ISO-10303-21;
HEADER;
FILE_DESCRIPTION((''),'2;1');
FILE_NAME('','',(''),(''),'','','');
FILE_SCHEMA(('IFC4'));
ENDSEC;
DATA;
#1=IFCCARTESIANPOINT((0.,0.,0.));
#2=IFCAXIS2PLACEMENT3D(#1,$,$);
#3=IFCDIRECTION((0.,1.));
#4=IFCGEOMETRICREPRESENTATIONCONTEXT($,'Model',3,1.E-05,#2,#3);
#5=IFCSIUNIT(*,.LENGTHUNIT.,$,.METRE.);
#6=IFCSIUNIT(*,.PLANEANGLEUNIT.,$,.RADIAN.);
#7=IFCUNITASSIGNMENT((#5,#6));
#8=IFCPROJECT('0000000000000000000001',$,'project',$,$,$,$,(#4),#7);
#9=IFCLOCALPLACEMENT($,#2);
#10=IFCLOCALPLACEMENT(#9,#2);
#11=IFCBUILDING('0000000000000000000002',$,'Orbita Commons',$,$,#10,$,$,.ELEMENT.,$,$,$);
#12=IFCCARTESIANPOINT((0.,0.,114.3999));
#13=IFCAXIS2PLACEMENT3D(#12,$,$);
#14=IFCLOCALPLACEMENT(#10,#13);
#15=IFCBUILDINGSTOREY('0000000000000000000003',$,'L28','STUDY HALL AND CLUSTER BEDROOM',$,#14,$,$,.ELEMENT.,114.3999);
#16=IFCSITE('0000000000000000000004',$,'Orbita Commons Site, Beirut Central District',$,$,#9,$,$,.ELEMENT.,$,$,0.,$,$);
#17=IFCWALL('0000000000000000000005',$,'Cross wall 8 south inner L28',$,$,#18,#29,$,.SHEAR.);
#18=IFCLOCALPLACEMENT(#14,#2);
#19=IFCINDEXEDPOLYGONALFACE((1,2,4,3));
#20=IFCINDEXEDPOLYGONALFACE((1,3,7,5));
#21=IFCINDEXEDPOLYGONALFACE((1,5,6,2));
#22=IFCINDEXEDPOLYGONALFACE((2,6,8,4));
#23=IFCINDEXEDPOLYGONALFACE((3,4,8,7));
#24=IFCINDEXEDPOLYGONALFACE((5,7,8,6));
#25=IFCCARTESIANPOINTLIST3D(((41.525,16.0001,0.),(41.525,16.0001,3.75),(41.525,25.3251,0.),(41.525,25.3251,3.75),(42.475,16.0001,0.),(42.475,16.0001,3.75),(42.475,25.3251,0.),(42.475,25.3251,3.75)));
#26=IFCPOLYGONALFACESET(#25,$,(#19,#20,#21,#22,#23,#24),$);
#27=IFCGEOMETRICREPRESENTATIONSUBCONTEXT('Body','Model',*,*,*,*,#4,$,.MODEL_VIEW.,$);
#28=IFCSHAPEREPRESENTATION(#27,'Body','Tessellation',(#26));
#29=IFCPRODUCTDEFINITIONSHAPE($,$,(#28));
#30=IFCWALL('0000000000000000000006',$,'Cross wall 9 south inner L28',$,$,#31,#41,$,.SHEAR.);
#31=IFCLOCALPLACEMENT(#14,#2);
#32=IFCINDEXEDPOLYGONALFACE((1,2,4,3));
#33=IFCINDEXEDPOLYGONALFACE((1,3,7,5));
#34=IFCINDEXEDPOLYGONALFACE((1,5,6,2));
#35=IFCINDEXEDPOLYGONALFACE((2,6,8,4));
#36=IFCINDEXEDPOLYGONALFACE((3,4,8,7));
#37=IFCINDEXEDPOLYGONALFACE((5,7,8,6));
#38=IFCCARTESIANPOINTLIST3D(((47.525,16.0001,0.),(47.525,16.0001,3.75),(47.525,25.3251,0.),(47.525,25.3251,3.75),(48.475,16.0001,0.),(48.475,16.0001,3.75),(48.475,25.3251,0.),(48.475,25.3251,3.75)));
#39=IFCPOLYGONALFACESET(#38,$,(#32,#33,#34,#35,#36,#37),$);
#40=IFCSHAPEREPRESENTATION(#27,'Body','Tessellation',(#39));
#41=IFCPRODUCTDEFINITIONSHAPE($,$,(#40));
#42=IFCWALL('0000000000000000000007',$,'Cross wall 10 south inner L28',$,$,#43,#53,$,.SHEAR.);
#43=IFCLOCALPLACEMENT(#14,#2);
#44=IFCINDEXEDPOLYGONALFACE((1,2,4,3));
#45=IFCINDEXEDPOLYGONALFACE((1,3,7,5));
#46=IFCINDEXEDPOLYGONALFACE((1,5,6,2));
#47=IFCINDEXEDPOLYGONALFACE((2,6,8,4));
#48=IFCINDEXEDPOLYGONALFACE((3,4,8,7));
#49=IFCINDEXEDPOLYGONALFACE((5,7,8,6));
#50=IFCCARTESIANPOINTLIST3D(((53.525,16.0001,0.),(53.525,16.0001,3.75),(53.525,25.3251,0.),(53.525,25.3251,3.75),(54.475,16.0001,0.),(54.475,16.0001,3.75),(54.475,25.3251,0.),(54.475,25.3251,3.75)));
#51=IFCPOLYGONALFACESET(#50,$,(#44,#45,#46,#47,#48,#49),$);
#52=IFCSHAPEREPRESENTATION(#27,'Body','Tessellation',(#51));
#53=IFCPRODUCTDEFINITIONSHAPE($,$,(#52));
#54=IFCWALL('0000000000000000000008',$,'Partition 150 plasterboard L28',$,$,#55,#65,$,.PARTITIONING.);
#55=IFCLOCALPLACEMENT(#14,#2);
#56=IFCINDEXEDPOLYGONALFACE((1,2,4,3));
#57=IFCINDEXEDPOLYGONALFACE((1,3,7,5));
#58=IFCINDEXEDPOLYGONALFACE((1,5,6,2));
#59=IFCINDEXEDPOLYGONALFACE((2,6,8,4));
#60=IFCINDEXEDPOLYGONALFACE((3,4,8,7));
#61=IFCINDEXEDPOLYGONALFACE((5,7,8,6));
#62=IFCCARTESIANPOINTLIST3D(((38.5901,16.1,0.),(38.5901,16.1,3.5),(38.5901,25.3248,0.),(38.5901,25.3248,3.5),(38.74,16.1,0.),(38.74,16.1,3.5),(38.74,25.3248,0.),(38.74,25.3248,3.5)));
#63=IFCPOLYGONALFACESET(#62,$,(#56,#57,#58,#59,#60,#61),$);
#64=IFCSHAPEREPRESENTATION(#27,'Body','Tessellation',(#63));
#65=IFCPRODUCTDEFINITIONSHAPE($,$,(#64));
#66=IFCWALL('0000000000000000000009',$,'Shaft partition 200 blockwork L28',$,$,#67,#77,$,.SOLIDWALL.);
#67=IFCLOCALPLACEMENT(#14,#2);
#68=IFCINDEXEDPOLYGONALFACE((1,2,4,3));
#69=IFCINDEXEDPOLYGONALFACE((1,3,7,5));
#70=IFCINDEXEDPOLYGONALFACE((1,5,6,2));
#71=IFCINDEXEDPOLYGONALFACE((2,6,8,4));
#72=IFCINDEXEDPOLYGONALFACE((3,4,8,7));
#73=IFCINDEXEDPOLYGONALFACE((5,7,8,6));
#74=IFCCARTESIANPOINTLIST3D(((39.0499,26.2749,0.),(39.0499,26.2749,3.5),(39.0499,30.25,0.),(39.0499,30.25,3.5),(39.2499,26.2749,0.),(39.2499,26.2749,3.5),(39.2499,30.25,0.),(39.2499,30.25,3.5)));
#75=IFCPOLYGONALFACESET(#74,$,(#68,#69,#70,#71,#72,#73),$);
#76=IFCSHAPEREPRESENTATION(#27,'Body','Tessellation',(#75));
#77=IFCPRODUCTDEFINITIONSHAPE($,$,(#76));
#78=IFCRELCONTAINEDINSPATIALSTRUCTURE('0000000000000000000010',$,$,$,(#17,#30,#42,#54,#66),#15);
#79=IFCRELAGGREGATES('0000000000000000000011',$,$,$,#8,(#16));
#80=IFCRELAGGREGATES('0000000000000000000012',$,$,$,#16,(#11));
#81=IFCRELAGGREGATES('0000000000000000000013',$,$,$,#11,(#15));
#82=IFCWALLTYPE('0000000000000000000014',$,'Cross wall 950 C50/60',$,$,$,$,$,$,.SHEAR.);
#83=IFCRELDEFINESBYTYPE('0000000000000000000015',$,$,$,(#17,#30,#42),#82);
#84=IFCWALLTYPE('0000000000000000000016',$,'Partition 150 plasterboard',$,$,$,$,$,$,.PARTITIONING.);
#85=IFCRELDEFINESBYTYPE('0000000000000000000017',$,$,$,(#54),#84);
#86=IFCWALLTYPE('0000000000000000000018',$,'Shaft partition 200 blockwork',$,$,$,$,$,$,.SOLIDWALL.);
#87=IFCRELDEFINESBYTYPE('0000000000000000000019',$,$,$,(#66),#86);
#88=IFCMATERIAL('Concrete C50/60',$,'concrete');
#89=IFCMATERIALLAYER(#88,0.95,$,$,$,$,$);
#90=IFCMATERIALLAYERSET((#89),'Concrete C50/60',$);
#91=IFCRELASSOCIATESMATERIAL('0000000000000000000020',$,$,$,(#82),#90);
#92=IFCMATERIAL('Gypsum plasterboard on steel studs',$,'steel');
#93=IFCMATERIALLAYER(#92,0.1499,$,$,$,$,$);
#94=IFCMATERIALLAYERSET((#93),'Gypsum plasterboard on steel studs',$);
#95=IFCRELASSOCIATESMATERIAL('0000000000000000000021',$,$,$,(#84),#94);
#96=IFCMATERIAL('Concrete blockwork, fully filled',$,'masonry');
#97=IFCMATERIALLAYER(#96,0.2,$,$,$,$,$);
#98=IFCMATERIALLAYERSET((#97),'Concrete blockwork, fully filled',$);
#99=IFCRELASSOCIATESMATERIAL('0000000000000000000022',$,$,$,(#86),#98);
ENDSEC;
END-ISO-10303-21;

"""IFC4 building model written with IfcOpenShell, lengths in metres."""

from ifc_helpers import new_model, si_unit, direction, frame, frame_2d, origin, place, context, subcontext, project, spatial, rectangle, extrude, material, layer, layer_set, type_object, element, save


model = new_model("IFC4")

# Units and contexts
model_context = context("Model", 3, precision=1e-05, world=origin(), true_north=direction((0.0, 1.0)))
body_context = subcontext(model_context, "Body", "Model", "MODEL_VIEW")
ifc_project = project(units=[si_unit("LENGTHUNIT", "METRE"), si_unit("PLANEANGLEUNIT", "RADIAN")], contexts=[model_context])

# Site, building, storey
site_placement = place(None, origin())
site = spatial("IfcSite", under=ifc_project, at=site_placement, Name="Orbita Commons Site, Beirut Central District", CompositionType="ELEMENT", RefElevation=0.0)
building_placement = place(site_placement, origin())
building = spatial("IfcBuilding", under=site, at=building_placement, Name="Orbita Commons", CompositionType="ELEMENT")
storey_placement = place(building_placement, frame((0.0, 0.0, 114.3999)))
storey = spatial("IfcBuildingStorey", under=building, at=storey_placement, Name="L28", Description="STUDY HALL AND CLUSTER BEDROOM", CompositionType="ELEMENT", Elevation=114.3999)

# Walls
ifc_material_1 = material(Name="Concrete C50/60", Category="concrete")
ifc_layer_1 = layer(ifc_material_1, 0.95)
ifc_layer_set_1 = layer_set([ifc_layer_1], Name="Concrete C50/60")
wall_type_1 = type_object("IfcWallType", Name="Cross wall 950 C50/60", PredefinedType="SHEAR", material=ifc_layer_set_1)
for number, where, z_axis, x_axis, name in (
    (1, (42.0, 16.0, 0.0), (0.0, 0.0, 1.0), (0.0, 1.0, 0.0), "Cross wall 8 south inner L28"),
    (2, (48.0, 16.0, 0.0), (0.0, 0.0, 1.0), (0.0, 1.0, 0.0), "Cross wall 9 south inner L28"),
    (3, (54.0, 16.0, 0.0), (0.0, 0.0, 1.0), (0.0, 1.0, 0.0), "Cross wall 10 south inner L28"),
):
    element("IfcWall", number, at=place(storey_placement, frame(where, z_axis=z_axis, x_axis=x_axis)), inside=storey, type_object=wall_type_1, Name=name, PredefinedType="SHEAR", context=body_context, shape_type="SweptSolid", body=[
        extrude(rectangle(XDim=9.325, YDim=0.95, at=frame_2d((4.6626, 0.0))), origin(), (0.0, 0.0, 1.0), 3.75),
    ])
ifc_material_2 = material(Name="Gypsum plasterboard on steel studs", Category="steel")
ifc_layer_2 = layer(ifc_material_2, 0.1499)
ifc_layer_set_2 = layer_set([ifc_layer_2], Name="Gypsum plasterboard on steel studs")
wall_type_2 = type_object("IfcWallType", Name="Partition 150 plasterboard", PredefinedType="PARTITIONING", material=ifc_layer_set_2)
wall_1_placement = place(storey_placement, frame((38.665, 16.1001, 0.0), z_axis=(0.0, 0.0, 1.0), x_axis=(0.0, 1.0, 0.0)))
element("IfcWall", 4, at=wall_1_placement, inside=storey, type_object=wall_type_2, Name="Partition 150 plasterboard L28", PredefinedType="PARTITIONING", context=body_context, shape_type="SweptSolid", body=[
    extrude(rectangle(XDim=9.2249, YDim=0.1499, at=frame_2d((4.6123, 0.0))), origin(), (0.0, 0.0, 1.0), 3.5),
])
ifc_material_3 = material(Name="Concrete blockwork, fully filled", Category="masonry")
ifc_layer_3 = layer(ifc_material_3, 0.2)
ifc_layer_set_3 = layer_set([ifc_layer_3], Name="Concrete blockwork, fully filled")
wall_type_3 = type_object("IfcWallType", Name="Shaft partition 200 blockwork", PredefinedType="SOLIDWALL", material=ifc_layer_set_3)
wall_2_placement = place(storey_placement, frame((39.1499, 26.2749, 0.0), z_axis=(0.0, 0.0, 1.0), x_axis=(0.0, 1.0, 0.0)))
element("IfcWall", 5, at=wall_2_placement, inside=storey, type_object=wall_type_3, Name="Shaft partition 200 blockwork L28", PredefinedType="SOLIDWALL", context=body_context, shape_type="SweptSolid", body=[
    extrude(rectangle(XDim=3.9751, YDim=0.2, at=frame_2d((1.9875, 0.0))), origin(), (0.0, 0.0, 1.0), 3.5),
])

save(model, "model.ifc")
